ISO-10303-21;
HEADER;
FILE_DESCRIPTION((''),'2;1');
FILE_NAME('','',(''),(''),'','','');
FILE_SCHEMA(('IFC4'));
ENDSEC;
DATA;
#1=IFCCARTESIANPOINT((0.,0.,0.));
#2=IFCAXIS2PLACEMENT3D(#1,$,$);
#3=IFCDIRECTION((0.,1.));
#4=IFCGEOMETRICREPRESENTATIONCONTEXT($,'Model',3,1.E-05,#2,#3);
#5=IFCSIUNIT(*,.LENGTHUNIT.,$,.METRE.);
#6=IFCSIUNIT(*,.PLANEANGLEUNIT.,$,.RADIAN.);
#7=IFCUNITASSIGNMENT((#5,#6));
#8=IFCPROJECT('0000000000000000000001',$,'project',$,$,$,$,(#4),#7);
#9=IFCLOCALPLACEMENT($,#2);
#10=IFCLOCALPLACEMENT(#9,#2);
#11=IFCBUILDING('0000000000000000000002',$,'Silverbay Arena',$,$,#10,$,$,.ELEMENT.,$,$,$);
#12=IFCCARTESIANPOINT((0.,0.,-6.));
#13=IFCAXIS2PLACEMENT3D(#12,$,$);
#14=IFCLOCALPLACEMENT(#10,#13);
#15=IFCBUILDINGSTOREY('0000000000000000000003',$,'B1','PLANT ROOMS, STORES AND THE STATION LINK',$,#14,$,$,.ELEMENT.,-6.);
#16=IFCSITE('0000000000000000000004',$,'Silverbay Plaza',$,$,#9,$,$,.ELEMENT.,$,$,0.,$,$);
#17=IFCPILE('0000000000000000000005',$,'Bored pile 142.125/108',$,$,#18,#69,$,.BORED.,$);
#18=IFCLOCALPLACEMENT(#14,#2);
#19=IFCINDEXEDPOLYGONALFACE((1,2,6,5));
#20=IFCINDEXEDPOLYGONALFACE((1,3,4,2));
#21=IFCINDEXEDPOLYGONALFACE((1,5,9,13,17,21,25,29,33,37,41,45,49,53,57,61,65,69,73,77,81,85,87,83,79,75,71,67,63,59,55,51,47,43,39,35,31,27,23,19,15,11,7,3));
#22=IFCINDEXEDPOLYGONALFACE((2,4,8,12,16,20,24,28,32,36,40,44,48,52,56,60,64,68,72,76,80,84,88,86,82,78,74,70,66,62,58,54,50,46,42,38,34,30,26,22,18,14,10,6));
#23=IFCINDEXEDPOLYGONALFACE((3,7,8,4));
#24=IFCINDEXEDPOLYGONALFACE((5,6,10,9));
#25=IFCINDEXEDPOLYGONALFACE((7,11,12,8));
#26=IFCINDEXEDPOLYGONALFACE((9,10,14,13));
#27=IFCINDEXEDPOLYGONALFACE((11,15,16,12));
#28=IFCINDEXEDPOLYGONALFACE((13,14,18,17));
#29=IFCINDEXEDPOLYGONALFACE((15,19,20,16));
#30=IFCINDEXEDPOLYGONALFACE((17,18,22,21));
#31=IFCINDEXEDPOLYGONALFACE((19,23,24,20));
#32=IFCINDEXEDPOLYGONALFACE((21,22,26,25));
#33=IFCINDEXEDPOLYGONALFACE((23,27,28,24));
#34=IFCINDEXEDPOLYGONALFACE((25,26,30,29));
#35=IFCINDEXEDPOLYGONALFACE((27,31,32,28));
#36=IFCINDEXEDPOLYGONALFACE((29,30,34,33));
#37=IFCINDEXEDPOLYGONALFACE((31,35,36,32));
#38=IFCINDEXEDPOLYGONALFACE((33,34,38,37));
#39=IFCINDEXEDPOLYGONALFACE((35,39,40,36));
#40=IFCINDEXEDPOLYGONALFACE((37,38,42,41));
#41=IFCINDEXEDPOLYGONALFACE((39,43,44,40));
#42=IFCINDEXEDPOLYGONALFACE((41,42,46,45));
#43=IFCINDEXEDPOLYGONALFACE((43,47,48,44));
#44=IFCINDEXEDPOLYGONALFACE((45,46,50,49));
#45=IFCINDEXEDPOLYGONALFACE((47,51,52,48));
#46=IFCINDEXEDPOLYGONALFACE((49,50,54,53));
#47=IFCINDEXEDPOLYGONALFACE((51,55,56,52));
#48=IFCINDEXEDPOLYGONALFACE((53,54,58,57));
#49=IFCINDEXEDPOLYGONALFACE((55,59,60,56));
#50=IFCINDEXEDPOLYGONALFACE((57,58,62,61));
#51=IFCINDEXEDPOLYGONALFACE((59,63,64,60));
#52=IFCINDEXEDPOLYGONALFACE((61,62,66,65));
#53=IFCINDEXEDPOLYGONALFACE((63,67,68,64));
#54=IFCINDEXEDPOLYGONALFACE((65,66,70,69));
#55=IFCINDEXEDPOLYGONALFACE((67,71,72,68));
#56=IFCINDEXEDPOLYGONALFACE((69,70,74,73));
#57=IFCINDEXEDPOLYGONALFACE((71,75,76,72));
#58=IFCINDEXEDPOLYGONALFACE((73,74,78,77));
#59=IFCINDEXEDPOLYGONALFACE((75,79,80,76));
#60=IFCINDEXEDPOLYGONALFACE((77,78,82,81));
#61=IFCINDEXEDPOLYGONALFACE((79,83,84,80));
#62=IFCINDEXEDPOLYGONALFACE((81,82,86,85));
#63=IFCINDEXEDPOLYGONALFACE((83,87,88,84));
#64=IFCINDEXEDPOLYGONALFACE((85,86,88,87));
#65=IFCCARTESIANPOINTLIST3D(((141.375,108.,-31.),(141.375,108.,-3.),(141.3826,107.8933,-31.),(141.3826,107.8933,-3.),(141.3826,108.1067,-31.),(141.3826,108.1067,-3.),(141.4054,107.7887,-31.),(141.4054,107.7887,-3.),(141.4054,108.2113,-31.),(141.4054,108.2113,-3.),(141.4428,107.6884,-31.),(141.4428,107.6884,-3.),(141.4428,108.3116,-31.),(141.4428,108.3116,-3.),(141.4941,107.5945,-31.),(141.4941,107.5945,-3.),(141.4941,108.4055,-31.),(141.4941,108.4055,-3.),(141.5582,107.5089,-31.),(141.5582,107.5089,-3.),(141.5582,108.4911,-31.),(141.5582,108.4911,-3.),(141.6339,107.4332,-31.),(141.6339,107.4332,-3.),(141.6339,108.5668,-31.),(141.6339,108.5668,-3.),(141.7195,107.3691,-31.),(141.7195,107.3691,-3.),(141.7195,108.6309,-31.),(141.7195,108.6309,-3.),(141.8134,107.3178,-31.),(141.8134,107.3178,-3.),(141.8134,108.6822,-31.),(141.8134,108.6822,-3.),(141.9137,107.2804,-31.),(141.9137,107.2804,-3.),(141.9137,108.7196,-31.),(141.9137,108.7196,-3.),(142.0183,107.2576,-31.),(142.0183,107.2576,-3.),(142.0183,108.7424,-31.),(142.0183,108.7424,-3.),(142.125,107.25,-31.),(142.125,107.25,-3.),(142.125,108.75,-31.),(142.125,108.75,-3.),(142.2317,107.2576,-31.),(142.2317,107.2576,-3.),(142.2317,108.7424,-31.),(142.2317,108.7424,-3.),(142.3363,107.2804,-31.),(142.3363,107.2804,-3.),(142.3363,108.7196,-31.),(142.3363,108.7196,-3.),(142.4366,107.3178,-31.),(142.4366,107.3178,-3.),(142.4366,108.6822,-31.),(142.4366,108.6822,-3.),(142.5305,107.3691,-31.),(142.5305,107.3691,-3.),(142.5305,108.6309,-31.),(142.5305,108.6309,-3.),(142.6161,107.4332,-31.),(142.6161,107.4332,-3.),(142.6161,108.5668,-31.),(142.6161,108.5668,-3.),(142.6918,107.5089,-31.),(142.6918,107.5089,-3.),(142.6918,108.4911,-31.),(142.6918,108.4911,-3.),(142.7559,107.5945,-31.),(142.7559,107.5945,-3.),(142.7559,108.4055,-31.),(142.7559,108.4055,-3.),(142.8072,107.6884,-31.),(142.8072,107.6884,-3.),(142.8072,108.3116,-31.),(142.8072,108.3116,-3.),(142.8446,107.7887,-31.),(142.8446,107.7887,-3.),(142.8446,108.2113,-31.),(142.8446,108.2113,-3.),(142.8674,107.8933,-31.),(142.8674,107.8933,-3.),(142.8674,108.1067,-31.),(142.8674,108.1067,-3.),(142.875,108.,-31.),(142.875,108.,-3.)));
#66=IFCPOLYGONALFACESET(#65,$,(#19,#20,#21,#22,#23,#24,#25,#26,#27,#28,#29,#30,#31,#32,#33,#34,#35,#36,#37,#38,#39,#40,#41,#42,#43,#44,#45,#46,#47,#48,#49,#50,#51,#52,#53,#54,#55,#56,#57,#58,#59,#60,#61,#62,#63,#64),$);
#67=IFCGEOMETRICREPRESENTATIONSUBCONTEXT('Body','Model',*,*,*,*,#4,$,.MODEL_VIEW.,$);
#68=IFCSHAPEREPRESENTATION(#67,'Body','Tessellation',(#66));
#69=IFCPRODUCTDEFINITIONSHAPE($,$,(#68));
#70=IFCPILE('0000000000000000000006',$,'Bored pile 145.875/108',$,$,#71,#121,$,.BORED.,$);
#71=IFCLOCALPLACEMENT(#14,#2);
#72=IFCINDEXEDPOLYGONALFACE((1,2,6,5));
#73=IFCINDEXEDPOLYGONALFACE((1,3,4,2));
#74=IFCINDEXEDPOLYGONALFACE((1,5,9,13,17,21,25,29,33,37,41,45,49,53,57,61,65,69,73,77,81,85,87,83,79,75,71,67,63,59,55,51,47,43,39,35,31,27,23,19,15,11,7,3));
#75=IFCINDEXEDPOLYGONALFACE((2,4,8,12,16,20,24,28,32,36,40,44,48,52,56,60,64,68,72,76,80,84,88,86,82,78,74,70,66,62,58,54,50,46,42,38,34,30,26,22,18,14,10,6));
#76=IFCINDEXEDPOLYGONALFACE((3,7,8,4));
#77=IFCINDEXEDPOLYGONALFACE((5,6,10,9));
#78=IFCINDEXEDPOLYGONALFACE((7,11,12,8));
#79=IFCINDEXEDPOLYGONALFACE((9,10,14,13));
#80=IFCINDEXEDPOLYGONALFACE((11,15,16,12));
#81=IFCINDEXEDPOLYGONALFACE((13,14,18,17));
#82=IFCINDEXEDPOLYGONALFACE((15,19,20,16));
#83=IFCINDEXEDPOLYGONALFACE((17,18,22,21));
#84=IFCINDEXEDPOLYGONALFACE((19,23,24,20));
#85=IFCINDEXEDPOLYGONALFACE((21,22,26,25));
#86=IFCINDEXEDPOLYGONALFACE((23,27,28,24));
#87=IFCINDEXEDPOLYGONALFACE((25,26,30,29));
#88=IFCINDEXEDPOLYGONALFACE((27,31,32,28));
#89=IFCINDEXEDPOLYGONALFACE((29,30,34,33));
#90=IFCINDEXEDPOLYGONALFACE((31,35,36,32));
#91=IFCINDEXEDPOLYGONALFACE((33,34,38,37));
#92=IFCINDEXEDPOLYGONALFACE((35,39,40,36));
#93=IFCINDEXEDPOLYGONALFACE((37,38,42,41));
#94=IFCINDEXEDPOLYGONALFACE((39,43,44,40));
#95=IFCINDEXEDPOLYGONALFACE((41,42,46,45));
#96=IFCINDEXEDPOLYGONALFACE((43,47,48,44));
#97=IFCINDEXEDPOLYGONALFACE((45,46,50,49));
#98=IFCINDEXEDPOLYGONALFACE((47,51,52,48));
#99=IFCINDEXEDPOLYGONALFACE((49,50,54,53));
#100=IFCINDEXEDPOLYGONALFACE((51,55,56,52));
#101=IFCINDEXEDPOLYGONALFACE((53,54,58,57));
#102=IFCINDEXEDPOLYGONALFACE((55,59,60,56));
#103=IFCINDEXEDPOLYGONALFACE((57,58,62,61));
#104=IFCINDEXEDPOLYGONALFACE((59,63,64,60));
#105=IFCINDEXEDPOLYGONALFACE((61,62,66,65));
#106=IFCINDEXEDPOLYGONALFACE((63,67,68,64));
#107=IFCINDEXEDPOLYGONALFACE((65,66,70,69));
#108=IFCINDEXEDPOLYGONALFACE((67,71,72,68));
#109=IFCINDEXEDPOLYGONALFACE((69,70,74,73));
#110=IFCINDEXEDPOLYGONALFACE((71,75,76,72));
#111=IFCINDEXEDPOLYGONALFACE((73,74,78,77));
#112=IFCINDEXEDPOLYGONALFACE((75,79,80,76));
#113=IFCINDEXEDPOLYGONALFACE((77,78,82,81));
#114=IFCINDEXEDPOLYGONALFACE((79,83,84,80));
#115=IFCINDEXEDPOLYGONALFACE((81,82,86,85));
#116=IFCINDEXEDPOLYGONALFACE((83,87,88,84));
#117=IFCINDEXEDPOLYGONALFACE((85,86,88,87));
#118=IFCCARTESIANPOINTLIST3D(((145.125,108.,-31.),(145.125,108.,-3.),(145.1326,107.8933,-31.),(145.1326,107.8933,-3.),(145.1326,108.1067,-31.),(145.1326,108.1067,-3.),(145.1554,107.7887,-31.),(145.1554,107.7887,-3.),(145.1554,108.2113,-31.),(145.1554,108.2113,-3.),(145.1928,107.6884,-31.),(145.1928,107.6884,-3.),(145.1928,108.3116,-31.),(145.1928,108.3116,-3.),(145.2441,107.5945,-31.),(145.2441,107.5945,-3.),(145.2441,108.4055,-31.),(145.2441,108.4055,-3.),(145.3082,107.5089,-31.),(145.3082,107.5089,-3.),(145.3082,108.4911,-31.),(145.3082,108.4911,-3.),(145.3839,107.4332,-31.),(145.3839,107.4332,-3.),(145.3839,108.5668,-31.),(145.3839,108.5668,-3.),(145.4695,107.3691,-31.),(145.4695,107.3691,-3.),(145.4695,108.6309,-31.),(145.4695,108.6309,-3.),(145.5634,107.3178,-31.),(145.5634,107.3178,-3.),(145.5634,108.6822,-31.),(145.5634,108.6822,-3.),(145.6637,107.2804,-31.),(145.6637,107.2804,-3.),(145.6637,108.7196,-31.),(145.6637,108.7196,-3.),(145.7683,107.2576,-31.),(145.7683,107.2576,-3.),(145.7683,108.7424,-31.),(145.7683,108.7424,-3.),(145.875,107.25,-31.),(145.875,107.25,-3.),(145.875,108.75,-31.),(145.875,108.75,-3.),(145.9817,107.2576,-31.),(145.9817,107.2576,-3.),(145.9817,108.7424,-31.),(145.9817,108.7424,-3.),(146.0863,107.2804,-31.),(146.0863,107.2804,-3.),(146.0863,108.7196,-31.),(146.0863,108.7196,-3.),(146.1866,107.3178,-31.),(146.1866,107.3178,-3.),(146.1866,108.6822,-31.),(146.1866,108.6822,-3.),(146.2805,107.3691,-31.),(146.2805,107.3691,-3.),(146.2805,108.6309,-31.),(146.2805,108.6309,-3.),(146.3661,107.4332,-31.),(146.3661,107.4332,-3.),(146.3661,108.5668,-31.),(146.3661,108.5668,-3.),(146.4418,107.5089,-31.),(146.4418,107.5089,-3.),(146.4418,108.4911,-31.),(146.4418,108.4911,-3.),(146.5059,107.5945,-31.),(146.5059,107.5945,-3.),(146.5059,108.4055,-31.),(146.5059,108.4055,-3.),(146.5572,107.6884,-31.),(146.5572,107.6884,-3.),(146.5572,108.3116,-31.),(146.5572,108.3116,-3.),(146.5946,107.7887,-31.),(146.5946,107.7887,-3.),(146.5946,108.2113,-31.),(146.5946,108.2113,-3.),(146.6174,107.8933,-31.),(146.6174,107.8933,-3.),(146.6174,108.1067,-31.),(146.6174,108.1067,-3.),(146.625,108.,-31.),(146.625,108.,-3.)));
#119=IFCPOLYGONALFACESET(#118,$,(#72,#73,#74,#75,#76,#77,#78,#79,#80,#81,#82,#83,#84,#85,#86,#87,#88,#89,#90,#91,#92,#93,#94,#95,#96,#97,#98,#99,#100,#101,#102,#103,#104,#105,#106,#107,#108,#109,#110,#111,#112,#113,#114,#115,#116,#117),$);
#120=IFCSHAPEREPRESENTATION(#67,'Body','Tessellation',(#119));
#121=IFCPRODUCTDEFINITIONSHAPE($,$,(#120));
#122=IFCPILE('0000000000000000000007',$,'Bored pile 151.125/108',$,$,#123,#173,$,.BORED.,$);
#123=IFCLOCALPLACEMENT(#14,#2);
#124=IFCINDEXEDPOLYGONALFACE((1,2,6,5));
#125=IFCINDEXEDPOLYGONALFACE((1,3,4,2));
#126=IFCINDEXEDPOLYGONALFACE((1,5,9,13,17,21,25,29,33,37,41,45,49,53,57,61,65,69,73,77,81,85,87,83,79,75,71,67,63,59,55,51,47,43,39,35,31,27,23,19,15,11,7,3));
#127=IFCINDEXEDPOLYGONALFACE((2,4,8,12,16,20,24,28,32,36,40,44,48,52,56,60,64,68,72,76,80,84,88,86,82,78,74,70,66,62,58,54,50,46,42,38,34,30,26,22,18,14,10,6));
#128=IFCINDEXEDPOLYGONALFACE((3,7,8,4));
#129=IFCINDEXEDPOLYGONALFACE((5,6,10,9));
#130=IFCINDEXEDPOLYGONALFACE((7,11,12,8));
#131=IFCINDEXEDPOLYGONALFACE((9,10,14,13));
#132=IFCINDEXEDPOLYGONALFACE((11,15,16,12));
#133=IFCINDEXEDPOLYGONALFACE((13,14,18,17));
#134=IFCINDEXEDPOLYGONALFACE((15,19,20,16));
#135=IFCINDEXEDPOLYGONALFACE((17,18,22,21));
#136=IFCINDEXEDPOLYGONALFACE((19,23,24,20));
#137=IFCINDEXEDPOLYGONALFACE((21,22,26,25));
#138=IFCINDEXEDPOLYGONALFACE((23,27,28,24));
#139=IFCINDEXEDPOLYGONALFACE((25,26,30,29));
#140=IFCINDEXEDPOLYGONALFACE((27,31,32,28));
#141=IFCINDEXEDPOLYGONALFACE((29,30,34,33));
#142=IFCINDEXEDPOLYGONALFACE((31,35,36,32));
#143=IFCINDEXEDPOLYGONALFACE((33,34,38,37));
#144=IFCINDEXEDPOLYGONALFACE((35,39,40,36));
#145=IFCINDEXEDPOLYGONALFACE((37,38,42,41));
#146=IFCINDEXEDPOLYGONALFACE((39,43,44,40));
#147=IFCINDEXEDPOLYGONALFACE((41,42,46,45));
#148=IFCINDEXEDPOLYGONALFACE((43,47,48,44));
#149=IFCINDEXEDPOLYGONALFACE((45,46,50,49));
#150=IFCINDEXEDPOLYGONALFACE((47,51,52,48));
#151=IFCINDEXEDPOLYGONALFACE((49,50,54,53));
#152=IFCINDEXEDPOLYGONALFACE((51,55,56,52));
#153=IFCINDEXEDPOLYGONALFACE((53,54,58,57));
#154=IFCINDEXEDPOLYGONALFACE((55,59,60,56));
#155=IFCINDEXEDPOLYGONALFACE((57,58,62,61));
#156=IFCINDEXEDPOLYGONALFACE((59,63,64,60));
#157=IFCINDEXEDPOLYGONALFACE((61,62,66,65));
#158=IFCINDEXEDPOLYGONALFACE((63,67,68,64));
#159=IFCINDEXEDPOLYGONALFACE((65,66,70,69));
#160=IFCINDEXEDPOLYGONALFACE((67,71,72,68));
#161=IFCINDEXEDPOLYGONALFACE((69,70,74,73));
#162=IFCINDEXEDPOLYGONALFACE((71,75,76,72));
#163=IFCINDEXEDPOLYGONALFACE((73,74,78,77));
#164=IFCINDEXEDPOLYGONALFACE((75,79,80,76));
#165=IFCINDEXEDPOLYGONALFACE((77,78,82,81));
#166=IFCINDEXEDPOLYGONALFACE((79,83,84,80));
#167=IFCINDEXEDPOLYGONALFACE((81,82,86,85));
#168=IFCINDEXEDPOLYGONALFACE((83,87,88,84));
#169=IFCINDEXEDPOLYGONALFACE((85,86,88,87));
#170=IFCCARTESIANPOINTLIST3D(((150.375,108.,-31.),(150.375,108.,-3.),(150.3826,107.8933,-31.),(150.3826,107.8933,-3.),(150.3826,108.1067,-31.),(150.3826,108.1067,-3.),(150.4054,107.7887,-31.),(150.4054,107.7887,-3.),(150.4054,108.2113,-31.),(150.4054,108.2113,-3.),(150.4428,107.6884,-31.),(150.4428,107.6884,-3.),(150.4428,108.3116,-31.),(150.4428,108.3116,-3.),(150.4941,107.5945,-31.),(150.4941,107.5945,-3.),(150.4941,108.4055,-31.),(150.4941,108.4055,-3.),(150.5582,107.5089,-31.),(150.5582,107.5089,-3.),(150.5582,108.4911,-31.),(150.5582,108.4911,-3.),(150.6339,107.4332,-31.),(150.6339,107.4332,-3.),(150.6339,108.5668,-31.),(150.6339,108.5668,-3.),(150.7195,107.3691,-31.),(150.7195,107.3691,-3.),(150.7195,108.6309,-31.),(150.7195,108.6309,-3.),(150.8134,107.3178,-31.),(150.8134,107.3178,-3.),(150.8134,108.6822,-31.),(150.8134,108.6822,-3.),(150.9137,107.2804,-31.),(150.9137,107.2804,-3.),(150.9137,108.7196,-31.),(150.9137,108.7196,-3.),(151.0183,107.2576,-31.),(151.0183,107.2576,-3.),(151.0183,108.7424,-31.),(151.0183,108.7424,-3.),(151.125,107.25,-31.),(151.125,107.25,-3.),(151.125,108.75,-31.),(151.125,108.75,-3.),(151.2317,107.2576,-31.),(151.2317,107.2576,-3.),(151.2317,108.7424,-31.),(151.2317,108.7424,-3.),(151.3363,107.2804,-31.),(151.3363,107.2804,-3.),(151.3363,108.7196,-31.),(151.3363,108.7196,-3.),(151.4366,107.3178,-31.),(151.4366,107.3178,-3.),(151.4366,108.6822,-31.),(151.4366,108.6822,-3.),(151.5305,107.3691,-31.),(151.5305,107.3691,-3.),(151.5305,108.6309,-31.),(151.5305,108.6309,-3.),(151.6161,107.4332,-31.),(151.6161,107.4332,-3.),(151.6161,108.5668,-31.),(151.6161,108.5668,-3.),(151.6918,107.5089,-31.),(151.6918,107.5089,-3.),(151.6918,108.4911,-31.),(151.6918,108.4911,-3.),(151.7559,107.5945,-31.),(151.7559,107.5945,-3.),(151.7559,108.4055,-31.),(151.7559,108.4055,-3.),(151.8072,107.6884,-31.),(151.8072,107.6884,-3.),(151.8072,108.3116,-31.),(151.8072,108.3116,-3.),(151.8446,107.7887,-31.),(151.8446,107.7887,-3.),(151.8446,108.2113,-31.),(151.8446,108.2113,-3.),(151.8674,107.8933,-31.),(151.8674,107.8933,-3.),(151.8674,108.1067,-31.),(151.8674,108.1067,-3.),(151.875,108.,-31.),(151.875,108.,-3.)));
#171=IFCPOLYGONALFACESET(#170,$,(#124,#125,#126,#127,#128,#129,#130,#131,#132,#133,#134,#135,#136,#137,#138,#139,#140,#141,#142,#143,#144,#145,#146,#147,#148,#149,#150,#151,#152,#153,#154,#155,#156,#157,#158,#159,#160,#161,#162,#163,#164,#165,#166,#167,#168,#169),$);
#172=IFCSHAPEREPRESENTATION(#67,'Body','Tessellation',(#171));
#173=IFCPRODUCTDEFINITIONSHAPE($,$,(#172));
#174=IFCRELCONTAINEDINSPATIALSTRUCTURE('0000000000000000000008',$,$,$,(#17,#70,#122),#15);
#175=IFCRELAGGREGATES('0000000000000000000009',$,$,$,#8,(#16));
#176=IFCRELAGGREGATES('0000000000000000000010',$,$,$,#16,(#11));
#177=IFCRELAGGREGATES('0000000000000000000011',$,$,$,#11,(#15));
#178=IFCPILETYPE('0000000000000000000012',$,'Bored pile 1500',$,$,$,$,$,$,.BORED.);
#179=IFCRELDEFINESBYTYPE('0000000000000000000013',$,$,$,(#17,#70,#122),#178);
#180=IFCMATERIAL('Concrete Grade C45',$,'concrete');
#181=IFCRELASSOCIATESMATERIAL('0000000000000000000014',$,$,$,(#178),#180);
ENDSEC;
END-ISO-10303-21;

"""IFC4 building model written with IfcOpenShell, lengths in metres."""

from ifc_helpers import new_model, si_unit, direction, frame, origin, origin_2d, place, context, subcontext, project, spatial, circle, extrude, material, material_profile, profile_set, type_object, element, save


model = new_model("IFC4")

# Units and contexts
model_context = context("Model", 3, precision=1e-05, world=origin(), true_north=direction((0.0, 1.0)))
body_context = subcontext(model_context, "Body", "Model", "MODEL_VIEW")
ifc_project = project(units=[si_unit("LENGTHUNIT", "METRE"), si_unit("PLANEANGLEUNIT", "RADIAN")], contexts=[model_context])

# Site, building, storey
site_placement = place(None, origin())
site = spatial("IfcSite", under=ifc_project, at=site_placement, Name="Silverbay Plaza", CompositionType="ELEMENT", RefElevation=0.0)
building_placement = place(site_placement, origin())
building = spatial("IfcBuilding", under=site, at=building_placement, Name="Silverbay Arena", CompositionType="ELEMENT")
storey_placement = place(building_placement, frame((0.0, 0.0, -6.0)))
storey = spatial("IfcBuildingStorey", under=building, at=storey_placement, Name="B1", Description="PLANT ROOMS, STORES AND THE STATION LINK", CompositionType="ELEMENT", Elevation=-6.0)

# Piles
ifc_material_1 = material(Name="Concrete Grade C45", Category="concrete")
ifc_material_profile_1 = material_profile(ifc_material_1, circle(Radius=0.75, at=origin_2d()), Name="Bored pile 1500")
ifc_profile_set_1 = profile_set([ifc_material_profile_1], Name="Concrete Grade C45")
pile_type = type_object("IfcPileType", Name="Bored pile 1500", PredefinedType="BORED", material=ifc_profile_set_1)
for number, where, z_axis, x_axis, name in (
    (1, (142.125, 108.0, -3.0), (0.0, 0.0, -1.0), (1.0, 0.0, 0.0), "Bored pile 142.125/108"),
    (2, (145.875, 108.0, -3.0), (0.0, 0.0, -1.0), (1.0, 0.0, 0.0), "Bored pile 145.875/108"),
    (3, (151.125, 108.0, -3.0), (0.0, 0.0, -1.0), (1.0, 0.0, 0.0), "Bored pile 151.125/108"),
):
    element("IfcPile", number, at=place(storey_placement, frame(where, z_axis=z_axis, x_axis=x_axis)), inside=storey, type_object=pile_type, Name=name, PredefinedType="BORED", context=body_context, shape_type="SweptSolid", body=[
        extrude(circle(Radius=0.75, at=origin_2d()), origin(), (0.0, 0.0, 1.0), 28.0),
    ])

save(model, "model.ifc")
